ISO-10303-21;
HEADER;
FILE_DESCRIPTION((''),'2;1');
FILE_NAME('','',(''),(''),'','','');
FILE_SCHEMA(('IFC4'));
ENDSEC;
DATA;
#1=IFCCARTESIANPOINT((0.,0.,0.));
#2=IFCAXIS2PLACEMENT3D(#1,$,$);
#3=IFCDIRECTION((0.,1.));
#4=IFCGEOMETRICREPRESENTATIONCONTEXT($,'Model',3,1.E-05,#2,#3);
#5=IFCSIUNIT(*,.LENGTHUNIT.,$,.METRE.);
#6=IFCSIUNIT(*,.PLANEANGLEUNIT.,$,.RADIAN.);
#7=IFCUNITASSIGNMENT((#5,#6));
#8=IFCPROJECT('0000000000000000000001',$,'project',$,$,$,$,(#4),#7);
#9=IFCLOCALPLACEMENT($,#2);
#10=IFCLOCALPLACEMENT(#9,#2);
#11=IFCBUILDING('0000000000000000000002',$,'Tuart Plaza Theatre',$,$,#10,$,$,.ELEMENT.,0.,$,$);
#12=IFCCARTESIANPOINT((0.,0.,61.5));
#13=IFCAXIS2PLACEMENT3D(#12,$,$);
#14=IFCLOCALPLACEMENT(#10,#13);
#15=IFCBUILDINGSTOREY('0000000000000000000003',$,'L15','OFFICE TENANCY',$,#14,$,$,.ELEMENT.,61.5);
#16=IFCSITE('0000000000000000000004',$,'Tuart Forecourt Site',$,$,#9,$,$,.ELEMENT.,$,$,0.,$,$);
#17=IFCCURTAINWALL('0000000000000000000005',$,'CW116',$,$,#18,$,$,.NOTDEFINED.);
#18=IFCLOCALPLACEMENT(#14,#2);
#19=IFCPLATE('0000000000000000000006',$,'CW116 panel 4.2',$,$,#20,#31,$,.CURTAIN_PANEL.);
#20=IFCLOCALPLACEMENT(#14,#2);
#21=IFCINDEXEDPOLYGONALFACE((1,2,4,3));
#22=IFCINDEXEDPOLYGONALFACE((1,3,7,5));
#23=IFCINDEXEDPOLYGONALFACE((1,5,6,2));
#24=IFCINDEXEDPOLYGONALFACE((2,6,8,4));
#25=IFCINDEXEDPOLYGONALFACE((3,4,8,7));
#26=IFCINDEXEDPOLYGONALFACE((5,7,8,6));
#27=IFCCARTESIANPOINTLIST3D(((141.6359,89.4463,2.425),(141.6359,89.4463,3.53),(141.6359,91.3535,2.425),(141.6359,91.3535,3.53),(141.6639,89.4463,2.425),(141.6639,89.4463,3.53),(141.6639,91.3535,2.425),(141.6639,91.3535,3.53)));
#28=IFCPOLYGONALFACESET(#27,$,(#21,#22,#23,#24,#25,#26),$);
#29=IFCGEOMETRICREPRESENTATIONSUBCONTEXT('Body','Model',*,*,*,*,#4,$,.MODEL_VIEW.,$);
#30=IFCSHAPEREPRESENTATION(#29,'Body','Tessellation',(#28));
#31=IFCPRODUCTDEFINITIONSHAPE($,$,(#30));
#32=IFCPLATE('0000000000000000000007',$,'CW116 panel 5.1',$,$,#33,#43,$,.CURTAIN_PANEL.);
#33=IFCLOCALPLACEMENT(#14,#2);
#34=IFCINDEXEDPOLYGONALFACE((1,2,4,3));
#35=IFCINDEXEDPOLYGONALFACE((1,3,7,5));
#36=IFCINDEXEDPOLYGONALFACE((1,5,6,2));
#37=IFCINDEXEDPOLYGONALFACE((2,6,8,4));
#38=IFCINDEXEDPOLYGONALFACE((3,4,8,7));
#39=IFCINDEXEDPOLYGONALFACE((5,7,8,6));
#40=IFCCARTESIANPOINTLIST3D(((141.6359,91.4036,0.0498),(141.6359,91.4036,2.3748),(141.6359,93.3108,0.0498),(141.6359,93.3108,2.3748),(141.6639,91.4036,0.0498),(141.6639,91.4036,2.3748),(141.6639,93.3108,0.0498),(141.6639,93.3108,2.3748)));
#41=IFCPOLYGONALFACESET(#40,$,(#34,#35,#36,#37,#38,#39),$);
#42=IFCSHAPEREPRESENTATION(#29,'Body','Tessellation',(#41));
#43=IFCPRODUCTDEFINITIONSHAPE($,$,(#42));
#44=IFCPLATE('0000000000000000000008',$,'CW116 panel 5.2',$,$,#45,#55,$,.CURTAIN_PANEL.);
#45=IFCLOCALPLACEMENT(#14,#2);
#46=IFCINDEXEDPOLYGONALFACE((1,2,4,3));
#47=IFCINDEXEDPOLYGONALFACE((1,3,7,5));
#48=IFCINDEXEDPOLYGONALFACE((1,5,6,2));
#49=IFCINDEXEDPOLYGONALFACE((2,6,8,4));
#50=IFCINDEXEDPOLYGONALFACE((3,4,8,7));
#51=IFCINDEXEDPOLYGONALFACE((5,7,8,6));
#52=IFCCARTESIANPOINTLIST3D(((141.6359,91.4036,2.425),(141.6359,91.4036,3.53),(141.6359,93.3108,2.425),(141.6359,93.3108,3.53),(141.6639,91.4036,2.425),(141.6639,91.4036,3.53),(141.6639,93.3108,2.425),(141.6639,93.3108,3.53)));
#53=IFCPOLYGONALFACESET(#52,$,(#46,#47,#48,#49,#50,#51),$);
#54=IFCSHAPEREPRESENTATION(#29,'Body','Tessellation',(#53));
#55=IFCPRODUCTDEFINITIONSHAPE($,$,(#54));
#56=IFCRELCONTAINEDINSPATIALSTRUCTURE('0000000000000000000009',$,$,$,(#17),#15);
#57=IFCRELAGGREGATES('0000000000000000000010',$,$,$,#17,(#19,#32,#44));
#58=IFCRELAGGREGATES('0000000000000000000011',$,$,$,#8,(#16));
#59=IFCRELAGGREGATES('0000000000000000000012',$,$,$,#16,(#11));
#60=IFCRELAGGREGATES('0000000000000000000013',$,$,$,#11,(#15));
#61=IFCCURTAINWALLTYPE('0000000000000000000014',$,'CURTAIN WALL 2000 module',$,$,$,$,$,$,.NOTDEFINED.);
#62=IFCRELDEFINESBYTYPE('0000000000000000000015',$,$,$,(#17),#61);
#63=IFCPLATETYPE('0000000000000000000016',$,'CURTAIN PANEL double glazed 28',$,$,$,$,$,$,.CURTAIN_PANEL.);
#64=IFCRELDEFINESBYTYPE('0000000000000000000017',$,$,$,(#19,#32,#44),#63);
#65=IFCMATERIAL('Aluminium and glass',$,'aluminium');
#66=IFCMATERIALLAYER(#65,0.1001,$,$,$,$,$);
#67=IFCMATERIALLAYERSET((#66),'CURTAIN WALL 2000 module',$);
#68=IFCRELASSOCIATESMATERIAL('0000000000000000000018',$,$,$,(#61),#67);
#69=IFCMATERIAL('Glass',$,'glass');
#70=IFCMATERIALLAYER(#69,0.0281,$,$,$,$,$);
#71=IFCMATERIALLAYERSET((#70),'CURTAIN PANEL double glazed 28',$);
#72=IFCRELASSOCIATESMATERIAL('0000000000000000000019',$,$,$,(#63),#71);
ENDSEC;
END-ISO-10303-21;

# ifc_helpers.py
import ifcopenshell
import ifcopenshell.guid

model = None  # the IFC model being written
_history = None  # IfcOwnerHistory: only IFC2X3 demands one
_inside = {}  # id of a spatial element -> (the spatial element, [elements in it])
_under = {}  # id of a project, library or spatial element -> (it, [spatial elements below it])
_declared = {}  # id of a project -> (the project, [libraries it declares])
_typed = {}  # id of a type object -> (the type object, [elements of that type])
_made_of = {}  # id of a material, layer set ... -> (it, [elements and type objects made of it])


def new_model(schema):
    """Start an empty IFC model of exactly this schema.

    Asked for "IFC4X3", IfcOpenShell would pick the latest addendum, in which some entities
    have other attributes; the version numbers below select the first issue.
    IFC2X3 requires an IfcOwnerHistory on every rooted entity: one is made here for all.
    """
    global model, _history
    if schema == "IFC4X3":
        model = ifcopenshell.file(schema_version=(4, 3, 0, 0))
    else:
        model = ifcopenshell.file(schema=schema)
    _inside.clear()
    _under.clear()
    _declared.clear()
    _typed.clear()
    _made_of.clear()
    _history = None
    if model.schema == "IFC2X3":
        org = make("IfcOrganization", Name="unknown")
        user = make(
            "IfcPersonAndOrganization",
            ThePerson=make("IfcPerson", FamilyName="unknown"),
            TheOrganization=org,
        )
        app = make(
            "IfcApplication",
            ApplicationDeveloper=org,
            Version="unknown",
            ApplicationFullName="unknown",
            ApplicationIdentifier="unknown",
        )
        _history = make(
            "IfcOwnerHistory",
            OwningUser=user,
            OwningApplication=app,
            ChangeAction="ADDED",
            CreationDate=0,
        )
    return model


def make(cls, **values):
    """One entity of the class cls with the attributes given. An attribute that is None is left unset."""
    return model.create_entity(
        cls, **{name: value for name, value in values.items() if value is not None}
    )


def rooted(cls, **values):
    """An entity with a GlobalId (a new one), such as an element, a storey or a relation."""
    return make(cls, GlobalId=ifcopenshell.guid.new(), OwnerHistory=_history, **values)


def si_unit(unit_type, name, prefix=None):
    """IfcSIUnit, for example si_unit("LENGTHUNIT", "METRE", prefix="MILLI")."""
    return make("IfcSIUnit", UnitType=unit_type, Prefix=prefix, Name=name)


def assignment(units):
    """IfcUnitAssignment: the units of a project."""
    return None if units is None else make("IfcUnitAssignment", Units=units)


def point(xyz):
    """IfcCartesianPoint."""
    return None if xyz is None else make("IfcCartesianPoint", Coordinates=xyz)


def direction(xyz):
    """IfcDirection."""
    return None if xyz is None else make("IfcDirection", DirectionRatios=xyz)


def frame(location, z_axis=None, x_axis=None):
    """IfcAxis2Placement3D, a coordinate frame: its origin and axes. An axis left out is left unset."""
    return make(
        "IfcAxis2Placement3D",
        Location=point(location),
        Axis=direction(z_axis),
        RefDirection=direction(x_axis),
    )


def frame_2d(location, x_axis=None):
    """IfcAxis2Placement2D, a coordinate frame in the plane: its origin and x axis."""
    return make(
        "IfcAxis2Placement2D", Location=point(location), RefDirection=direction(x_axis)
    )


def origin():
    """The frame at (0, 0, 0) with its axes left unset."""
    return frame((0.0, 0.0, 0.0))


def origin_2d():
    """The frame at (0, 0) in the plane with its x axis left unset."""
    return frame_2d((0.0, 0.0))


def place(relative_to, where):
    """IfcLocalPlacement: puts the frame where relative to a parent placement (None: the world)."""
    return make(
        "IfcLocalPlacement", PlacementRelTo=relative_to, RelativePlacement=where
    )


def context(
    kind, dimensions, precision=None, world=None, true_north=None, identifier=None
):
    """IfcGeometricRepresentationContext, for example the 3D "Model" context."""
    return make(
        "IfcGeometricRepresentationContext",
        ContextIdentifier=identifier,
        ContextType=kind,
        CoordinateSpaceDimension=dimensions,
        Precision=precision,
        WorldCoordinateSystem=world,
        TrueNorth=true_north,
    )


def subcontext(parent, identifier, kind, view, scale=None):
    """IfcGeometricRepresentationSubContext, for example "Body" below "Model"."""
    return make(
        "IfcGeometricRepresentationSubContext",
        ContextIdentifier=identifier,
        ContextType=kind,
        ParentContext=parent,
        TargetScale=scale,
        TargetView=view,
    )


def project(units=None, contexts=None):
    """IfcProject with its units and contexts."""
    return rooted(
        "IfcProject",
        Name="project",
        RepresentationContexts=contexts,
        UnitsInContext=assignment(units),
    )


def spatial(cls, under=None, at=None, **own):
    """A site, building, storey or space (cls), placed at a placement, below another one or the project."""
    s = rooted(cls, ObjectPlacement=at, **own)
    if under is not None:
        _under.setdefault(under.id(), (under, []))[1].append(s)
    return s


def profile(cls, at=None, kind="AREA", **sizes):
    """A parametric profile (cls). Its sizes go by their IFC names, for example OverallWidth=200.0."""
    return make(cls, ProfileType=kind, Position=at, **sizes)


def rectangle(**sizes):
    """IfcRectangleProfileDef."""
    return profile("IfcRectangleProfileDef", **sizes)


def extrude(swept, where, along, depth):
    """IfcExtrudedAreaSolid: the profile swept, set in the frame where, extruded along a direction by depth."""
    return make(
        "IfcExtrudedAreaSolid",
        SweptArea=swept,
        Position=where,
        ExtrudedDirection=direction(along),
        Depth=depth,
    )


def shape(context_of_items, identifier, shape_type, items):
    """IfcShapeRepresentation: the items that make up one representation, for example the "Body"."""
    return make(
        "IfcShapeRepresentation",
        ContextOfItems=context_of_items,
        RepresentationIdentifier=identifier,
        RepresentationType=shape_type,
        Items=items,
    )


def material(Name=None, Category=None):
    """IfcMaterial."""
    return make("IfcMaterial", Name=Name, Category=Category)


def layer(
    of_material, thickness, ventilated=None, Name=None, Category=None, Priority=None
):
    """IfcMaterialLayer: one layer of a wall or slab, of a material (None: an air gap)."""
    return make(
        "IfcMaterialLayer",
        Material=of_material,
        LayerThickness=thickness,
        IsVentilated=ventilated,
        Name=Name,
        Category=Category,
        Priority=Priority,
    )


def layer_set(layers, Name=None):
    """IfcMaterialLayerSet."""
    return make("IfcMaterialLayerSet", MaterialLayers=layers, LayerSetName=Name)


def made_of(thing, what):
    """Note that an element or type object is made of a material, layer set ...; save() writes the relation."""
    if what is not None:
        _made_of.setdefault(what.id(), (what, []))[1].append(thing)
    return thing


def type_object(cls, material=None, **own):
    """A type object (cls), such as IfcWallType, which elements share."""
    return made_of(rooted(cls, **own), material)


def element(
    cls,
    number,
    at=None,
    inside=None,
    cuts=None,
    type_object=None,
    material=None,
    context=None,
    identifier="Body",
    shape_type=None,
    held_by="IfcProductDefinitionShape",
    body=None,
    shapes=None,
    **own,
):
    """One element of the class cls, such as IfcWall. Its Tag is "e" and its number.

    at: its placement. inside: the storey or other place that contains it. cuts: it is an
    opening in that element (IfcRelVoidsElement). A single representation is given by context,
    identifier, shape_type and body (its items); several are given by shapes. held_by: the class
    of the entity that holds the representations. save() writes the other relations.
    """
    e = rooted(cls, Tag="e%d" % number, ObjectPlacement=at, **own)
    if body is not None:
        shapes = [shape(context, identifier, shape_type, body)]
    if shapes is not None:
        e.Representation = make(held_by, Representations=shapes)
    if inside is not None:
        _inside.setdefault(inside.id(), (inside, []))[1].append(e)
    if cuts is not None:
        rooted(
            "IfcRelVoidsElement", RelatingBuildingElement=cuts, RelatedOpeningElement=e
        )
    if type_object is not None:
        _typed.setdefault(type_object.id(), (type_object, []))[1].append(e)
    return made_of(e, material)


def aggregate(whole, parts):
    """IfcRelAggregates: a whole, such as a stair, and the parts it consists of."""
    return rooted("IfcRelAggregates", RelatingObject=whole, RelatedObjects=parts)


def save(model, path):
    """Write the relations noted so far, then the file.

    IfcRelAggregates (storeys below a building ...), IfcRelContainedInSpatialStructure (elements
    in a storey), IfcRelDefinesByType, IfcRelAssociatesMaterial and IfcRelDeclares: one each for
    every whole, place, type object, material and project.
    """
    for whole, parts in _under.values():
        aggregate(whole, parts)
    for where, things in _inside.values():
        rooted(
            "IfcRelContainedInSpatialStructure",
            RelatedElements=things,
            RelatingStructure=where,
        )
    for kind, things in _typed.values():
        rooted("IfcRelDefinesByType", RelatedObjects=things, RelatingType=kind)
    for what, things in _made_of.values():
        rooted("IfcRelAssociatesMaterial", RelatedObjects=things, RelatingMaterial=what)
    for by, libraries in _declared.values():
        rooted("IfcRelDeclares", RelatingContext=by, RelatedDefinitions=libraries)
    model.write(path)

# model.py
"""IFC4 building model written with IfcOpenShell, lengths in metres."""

from ifc_helpers import new_model, si_unit, direction, frame, origin, origin_2d, place, context, subcontext, project, spatial, rectangle, extrude, material, layer, layer_set, type_object, element, aggregate, save


model = new_model("IFC4")

# Units and contexts
model_context = context("Model", 3, precision=1e-05, world=origin(), true_north=direction((0.0, 1.0)))
body_context = subcontext(model_context, "Body", "Model", "MODEL_VIEW")
ifc_project = project(units=[si_unit("LENGTHUNIT", "METRE"), si_unit("PLANEANGLEUNIT", "RADIAN")], contexts=[model_context])

# Site, building, storey
site_placement = place(None, origin())
site = spatial("IfcSite", under=ifc_project, at=site_placement, Name="Tuart Forecourt Site", CompositionType="ELEMENT", RefElevation=0.0)
building_placement = place(site_placement, origin())
building = spatial("IfcBuilding", under=site, at=building_placement, Name="Tuart Plaza Theatre", CompositionType="ELEMENT", ElevationOfRefHeight=0.0)
storey_placement = place(building_placement, frame((0.0, 0.0, 61.5)))
storey = spatial("IfcBuildingStorey", under=building, at=storey_placement, Name="L15", Description="OFFICE TENANCY", CompositionType="ELEMENT", Elevation=61.5)

# Curtain wall, plates
ifc_material_1 = material(Name="Aluminium and glass", Category="aluminium")
ifc_layer_1 = layer(ifc_material_1, 0.1001)
ifc_layer_set_1 = layer_set([ifc_layer_1], Name="CURTAIN WALL 2000 module")
curtain_wall_type = type_object("IfcCurtainWallType", Name="CURTAIN WALL 2000 module", PredefinedType="NOTDEFINED", material=ifc_layer_set_1)
curtain_wall_placement = place(storey_placement, origin())
curtain_wall = element("IfcCurtainWall", 1, at=curtain_wall_placement, inside=storey, type_object=curtain_wall_type, Name="CW116", PredefinedType="NOTDEFINED")
ifc_material_2 = material(Name="Glass", Category="glass")
ifc_layer_2 = layer(ifc_material_2, 0.0281)
ifc_layer_set_2 = layer_set([ifc_layer_2], Name="CURTAIN PANEL double glazed 28")
plate_type = type_object("IfcPlateType", Name="CURTAIN PANEL double glazed 28", PredefinedType="CURTAIN_PANEL", material=ifc_layer_set_2)
plate_1_placement = place(storey_placement, frame((141.6499, 90.3999, 2.425), z_axis=(0.0, 0.0, 1.0), x_axis=(0.0, 1.0, 0.0)))
plate_1 = element("IfcPlate", 2, at=plate_1_placement, type_object=plate_type, Name="CW116 panel 4.2", PredefinedType="CURTAIN_PANEL", context=body_context, shape_type="SweptSolid", body=[
    extrude(rectangle(XDim=1.9072, YDim=0.0281, at=origin_2d()), origin(), (0.0, 0.0, 1.0), 1.105),
])
plate_2_placement = place(storey_placement, frame((141.6499, 92.3572, 0.0498), z_axis=(0.0, 0.0, 1.0), x_axis=(0.0, 1.0, 0.0)))
plate_2 = element("IfcPlate", 3, at=plate_2_placement, type_object=plate_type, Name="CW116 panel 5.1", PredefinedType="CURTAIN_PANEL", context=body_context, shape_type="SweptSolid", body=[
    extrude(rectangle(XDim=1.9072, YDim=0.0281, at=origin_2d()), origin(), (0.0, 0.0, 1.0), 2.325),
])
plate_3_placement = place(storey_placement, frame((141.6499, 92.3572, 2.425), z_axis=(0.0, 0.0, 1.0), x_axis=(0.0, 1.0, 0.0)))
plate_3 = element("IfcPlate", 4, at=plate_3_placement, type_object=plate_type, Name="CW116 panel 5.2", PredefinedType="CURTAIN_PANEL", context=body_context, shape_type="SweptSolid", body=[
    extrude(rectangle(XDim=1.9072, YDim=0.0281, at=origin_2d()), origin(), (0.0, 0.0, 1.0), 1.105),
])
aggregate(curtain_wall, [plate_1, plate_2, plate_3])

save(model, "model.ifc")
